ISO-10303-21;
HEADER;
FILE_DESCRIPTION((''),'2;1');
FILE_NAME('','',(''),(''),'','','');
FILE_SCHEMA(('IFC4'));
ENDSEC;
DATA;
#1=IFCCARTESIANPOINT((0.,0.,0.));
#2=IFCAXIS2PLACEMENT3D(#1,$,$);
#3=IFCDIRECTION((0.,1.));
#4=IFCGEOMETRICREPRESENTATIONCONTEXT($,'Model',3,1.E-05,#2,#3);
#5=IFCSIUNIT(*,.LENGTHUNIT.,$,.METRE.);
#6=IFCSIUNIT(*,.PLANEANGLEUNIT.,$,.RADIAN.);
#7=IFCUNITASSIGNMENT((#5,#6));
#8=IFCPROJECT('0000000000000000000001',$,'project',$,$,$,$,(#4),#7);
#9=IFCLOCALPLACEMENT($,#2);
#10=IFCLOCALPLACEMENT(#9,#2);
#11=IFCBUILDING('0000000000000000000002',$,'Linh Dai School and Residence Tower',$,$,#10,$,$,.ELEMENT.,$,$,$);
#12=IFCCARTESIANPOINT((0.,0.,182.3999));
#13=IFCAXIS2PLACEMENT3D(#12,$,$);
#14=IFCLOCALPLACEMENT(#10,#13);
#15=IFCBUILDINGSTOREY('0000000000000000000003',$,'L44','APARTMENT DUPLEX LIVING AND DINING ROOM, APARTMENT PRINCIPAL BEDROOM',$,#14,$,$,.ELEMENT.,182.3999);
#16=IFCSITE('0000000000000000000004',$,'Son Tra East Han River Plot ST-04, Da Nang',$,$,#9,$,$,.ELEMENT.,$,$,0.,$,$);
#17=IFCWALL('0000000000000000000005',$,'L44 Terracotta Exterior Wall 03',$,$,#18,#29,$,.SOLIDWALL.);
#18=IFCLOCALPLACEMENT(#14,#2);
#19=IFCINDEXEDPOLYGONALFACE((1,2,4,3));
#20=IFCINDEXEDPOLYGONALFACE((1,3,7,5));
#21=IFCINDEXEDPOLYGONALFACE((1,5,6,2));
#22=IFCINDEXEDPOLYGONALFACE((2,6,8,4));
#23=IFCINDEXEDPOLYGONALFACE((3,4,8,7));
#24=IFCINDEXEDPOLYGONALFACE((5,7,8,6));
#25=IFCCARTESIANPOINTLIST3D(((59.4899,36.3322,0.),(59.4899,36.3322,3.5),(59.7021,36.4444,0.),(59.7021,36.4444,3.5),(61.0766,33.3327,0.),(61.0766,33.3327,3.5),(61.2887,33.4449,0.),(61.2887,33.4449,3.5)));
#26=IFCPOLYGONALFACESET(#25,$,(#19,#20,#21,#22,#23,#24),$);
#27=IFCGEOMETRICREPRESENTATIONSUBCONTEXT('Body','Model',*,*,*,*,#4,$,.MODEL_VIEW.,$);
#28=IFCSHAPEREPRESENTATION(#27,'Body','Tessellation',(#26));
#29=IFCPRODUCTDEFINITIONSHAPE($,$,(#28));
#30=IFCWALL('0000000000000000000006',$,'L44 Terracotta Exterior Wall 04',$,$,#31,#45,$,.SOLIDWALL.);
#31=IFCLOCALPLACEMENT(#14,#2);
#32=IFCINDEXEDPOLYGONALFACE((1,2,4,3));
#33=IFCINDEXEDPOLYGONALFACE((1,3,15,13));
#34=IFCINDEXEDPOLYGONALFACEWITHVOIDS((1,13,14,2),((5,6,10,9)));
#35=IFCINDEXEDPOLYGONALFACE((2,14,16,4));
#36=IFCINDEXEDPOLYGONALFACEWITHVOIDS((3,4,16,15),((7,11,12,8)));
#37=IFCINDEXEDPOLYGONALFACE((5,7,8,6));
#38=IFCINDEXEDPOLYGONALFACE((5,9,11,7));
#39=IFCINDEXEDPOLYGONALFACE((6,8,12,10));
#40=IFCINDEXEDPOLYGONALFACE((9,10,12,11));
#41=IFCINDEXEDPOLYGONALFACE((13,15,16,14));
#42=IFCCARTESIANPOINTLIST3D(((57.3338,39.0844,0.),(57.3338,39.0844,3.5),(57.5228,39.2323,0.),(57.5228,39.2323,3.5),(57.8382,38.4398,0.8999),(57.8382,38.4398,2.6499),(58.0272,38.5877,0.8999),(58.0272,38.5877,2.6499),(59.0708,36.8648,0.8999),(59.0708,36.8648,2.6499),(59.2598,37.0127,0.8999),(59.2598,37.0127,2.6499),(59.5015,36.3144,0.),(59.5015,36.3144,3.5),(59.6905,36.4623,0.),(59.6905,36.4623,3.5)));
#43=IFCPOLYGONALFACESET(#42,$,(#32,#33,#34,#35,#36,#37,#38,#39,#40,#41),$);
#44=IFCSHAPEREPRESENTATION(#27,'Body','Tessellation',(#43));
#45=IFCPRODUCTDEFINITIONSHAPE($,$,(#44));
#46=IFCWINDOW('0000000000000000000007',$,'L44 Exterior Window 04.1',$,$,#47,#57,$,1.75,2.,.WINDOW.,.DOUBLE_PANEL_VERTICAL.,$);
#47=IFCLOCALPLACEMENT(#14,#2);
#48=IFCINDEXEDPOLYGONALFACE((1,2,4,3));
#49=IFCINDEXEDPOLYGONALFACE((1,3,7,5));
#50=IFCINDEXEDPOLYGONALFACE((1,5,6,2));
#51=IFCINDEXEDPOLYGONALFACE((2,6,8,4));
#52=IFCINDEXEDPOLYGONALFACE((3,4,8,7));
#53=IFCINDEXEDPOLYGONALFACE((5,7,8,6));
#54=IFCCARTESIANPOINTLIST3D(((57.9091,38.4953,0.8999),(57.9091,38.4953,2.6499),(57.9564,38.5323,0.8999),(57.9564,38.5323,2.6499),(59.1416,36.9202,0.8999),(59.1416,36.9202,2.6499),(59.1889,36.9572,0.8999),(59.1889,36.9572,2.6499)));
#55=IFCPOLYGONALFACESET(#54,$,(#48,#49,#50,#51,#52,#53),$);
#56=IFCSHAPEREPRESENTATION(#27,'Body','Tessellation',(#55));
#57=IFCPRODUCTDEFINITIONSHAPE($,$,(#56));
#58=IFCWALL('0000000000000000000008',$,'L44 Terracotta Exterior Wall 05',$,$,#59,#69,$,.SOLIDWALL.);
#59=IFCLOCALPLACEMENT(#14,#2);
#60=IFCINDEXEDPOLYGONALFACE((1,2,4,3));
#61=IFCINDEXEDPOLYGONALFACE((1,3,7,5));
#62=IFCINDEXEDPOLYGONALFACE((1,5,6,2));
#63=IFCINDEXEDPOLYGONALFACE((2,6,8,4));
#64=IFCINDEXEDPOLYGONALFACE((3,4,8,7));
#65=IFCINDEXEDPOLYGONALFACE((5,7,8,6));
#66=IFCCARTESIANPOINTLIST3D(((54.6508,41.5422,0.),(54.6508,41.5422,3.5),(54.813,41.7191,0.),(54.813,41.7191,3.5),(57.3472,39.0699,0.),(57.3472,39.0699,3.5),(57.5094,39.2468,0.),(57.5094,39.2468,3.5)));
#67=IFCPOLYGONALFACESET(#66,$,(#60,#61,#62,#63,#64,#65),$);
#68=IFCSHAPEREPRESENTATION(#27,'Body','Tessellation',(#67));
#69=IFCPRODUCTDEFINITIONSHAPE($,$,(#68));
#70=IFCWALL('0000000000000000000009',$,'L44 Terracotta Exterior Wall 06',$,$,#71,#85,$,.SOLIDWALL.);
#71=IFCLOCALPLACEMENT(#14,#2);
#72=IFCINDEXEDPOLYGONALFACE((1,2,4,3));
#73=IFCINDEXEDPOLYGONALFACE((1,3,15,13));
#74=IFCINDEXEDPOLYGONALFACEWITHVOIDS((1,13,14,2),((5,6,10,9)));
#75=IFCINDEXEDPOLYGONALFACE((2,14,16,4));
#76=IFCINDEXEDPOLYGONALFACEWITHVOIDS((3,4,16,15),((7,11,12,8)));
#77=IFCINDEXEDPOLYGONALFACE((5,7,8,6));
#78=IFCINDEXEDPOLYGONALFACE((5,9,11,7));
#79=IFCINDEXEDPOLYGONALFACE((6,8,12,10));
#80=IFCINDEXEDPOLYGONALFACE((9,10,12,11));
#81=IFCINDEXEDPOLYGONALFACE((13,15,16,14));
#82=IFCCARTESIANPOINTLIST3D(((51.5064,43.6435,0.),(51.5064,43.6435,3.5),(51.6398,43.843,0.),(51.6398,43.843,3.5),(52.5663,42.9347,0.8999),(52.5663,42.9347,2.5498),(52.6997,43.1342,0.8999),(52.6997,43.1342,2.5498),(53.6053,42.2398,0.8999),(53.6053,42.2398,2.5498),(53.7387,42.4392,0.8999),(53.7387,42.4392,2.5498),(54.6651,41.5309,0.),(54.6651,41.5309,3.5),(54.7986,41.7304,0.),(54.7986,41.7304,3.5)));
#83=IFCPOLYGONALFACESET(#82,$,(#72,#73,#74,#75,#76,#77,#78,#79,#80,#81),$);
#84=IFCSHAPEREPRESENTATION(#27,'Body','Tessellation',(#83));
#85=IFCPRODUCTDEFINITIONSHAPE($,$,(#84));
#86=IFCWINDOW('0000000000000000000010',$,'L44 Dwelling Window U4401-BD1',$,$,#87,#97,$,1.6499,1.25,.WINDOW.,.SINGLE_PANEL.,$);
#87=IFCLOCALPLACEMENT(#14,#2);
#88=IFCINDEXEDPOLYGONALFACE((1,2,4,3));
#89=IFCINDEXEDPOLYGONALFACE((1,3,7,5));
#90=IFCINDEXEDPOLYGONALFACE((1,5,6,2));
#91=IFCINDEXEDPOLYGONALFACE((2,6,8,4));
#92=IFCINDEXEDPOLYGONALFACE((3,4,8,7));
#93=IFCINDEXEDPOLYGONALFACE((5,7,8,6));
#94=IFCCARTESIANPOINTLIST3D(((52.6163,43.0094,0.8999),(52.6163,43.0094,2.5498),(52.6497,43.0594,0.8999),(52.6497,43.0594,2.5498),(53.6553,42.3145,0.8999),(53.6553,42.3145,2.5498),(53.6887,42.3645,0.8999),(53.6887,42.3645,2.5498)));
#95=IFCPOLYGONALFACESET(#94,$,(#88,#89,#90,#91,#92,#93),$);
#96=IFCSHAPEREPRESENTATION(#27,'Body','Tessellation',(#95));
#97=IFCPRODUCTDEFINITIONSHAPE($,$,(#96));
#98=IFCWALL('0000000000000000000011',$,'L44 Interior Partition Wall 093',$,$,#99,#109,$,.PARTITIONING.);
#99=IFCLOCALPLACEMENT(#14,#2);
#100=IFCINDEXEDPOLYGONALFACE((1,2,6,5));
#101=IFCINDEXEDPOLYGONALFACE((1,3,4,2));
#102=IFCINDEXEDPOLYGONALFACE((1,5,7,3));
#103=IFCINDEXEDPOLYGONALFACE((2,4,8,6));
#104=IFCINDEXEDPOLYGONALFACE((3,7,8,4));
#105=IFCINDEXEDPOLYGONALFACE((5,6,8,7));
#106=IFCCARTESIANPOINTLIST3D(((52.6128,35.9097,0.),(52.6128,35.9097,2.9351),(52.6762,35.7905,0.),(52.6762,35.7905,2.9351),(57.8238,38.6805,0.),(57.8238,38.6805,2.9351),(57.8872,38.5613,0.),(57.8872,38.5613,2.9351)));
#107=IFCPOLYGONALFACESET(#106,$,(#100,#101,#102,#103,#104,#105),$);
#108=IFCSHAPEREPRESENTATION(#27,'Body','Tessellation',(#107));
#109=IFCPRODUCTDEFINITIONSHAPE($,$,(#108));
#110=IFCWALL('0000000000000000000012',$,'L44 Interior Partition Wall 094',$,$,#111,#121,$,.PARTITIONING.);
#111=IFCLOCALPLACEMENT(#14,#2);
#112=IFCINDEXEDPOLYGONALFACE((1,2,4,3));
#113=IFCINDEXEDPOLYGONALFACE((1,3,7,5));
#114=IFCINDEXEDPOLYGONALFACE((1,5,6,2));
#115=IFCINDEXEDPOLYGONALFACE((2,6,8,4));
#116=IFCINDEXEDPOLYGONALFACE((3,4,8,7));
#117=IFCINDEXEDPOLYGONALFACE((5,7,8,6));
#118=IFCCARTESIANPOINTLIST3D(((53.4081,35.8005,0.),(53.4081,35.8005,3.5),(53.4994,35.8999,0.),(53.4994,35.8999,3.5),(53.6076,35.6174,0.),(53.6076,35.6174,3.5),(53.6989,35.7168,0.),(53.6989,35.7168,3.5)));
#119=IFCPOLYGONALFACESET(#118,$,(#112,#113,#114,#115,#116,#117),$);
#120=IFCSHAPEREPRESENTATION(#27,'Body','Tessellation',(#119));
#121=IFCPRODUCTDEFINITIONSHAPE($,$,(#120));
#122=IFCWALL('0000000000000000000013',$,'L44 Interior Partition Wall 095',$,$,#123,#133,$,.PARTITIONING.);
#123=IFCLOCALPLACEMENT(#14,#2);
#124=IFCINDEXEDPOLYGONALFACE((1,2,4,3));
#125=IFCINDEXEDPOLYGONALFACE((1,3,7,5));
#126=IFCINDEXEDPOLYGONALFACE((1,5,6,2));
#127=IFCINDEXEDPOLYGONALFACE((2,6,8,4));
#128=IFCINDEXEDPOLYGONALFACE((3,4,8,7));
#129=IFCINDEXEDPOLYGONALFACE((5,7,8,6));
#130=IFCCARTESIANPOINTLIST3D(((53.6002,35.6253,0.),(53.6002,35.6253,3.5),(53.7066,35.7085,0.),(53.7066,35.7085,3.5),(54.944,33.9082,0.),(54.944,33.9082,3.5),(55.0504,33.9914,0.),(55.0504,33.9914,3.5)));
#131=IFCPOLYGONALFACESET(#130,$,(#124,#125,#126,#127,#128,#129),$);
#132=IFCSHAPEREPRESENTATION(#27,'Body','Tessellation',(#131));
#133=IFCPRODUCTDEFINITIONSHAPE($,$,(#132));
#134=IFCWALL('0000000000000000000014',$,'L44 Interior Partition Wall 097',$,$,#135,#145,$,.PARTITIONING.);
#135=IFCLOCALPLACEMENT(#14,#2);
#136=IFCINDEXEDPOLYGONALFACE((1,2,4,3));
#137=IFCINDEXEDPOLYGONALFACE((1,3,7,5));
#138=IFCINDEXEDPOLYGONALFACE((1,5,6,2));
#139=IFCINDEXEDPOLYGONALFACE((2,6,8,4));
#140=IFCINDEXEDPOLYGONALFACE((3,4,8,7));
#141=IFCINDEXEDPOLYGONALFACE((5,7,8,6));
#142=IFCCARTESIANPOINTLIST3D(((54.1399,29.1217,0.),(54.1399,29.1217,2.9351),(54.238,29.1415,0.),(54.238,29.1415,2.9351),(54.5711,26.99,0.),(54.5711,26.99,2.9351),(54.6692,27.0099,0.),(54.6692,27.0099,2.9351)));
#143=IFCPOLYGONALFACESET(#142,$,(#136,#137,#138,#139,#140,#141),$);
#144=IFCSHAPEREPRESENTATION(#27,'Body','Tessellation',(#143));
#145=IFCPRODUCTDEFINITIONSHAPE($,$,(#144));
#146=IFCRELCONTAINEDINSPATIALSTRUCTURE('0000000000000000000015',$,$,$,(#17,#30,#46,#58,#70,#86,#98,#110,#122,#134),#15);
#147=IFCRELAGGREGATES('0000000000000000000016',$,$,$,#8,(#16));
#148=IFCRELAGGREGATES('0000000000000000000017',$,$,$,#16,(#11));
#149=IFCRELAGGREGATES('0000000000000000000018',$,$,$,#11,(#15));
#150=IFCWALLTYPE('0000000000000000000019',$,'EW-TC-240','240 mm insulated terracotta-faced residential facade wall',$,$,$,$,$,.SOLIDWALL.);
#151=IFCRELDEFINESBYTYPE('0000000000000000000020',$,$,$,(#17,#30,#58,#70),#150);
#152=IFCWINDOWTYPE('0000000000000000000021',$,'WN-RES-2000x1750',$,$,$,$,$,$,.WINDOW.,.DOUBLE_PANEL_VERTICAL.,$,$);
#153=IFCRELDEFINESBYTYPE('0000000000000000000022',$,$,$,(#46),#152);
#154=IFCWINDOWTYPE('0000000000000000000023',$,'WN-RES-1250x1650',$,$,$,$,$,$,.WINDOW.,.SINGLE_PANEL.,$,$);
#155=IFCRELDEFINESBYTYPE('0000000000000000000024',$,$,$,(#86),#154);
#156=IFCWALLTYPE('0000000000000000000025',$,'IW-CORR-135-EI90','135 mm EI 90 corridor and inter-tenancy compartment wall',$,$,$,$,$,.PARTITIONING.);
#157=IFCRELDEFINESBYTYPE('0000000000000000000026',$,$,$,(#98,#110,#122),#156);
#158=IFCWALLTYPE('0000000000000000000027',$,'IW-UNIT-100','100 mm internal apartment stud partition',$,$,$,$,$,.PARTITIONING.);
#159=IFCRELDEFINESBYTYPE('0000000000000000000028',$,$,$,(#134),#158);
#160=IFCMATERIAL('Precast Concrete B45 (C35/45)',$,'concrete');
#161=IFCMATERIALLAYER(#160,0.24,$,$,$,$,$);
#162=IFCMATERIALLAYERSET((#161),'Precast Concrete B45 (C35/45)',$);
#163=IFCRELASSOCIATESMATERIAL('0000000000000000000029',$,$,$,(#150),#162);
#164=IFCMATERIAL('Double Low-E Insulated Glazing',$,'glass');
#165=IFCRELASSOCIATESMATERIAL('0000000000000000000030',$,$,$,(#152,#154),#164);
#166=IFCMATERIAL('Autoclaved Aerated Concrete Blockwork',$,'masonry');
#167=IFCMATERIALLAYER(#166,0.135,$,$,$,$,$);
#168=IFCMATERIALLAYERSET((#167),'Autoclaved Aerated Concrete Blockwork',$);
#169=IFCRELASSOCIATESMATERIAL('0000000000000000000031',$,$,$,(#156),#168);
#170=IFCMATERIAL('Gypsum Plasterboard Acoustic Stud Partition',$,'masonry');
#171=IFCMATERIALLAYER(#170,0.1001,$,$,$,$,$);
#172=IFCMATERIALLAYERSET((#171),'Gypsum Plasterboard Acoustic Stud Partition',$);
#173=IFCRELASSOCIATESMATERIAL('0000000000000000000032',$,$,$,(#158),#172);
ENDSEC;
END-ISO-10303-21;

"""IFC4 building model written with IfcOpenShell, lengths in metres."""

from ifc_helpers import new_model, si_unit, direction, frame, frame_2d, origin, origin_2d, place, context, subcontext, project, spatial, rectangle, extrude, source, transform, mapped, material, layer, layer_set, type_object, element, fill, save


model = new_model("IFC4")

# Units and contexts
model_context = context("Model", 3, precision=1e-05, world=origin(), true_north=direction((0.0, 1.0)))
body_context = subcontext(model_context, "Body", "Model", "MODEL_VIEW")
ifc_project = project(units=[si_unit("LENGTHUNIT", "METRE"), si_unit("PLANEANGLEUNIT", "RADIAN")], contexts=[model_context])

# Site, building, storey
site_placement = place(None, origin())
site = spatial("IfcSite", under=ifc_project, at=site_placement, Name="Son Tra East Han River Plot ST-04, Da Nang", CompositionType="ELEMENT", RefElevation=0.0)
building_placement = place(site_placement, origin())
building = spatial("IfcBuilding", under=site, at=building_placement, Name="Linh Dai School and Residence Tower", CompositionType="ELEMENT")
storey_placement = place(building_placement, frame((0.0, 0.0, 182.3999)))
storey = spatial("IfcBuildingStorey", under=building, at=storey_placement, Name="L44", Description="APARTMENT DUPLEX LIVING AND DINING ROOM, APARTMENT PRINCIPAL BEDROOM", CompositionType="ELEMENT", Elevation=182.3999)

# Shared definitions
ifc_material_1 = material(Name="Precast Concrete B45 (C35/45)", Category="concrete")

# Wall
ifc_layer_1 = layer(ifc_material_1, 0.24)
ifc_layer_set_1 = layer_set([ifc_layer_1], Name="Precast Concrete B45 (C35/45)")
wall_type_1 = type_object("IfcWallType", Name="EW-TC-240", Description="240 mm insulated terracotta-faced residential facade wall", PredefinedType="SOLIDWALL", material=ifc_layer_set_1)
wall_1_placement = place(storey_placement, frame((59.5959, 36.3884, 0.0), z_axis=(0.0, 0.0, 1.0), x_axis=(0.467587, -0.883947, 0.0)))
element("IfcWall", 1, at=wall_1_placement, inside=storey, type_object=wall_type_1, Name="L44 Terracotta Exterior Wall 03", PredefinedType="SOLIDWALL", context=body_context, shape_type="SweptSolid", body=[
    extrude(rectangle(XDim=3.3933, YDim=0.24, at=frame_2d((1.6968, 0.0))), origin(), (0.0, 0.0, 1.0), 3.5),
])

# Wall, opening, window
wall_2_placement = place(storey_placement, frame((57.4282, 39.1584, 0.0), z_axis=(0.0, 0.0, 1.0), x_axis=(0.616288, -0.787521, 0.0)))
wall_2 = element("IfcWall", 2, at=wall_2_placement, inside=storey, type_object=wall_type_1, Name="L44 Terracotta Exterior Wall 04", PredefinedType="SOLIDWALL", context=body_context, shape_type="SweptSolid", body=[
    extrude(rectangle(XDim=3.5173, YDim=0.24, at=frame_2d((1.7588, 0.0))), origin(), (0.0, 0.0, 1.0), 3.5),
])
opening_1_placement = place(wall_2_placement, frame((0.8186, 0.0, 0.8999)))
opening_1 = element("IfcOpeningElement", 3, at=opening_1_placement, cuts=wall_2, PredefinedType="OPENING", context=body_context, shape_type="SweptSolid", body=[
    extrude(rectangle(XDim=2.0, YDim=1.75, at=origin_2d()), frame((1.0, 0.1299, 0.875), z_axis=(0.0, -1.0, 0.0), x_axis=(1.0, 0.0, 0.0)), (0.0, 0.0, 1.0), 0.26),
])
ifc_material_2 = material(Name="Double Low-E Insulated Glazing", Category="glass")
window_type_1 = type_object("IfcWindowType", Name="WN-RES-2000x1750", PartitioningType="DOUBLE_PANEL_VERTICAL", PredefinedType="WINDOW", material=ifc_material_2)
shared_shape_1 = source(origin(), body_context, "Body", "SweptSolid", [
    extrude(rectangle(XDim=2.0, YDim=1.75, at=origin_2d()), frame((1.0, 0.03, 0.875), z_axis=(0.0, -1.0, 0.0), x_axis=(1.0, 0.0, 0.0)), (0.0, 0.0, 1.0), 0.0601),
])
window_1_placement = place(opening_1_placement, origin())
window_1 = element("IfcWindow", 4, at=window_1_placement, inside=storey, type_object=window_type_1, Name="L44 Exterior Window 04.1", OverallHeight=1.75, OverallWidth=2.0, PartitioningType="DOUBLE_PANEL_VERTICAL", PredefinedType="WINDOW", context=body_context, shape_type="MappedRepresentation", body=[
    mapped(shared_shape_1, transform((0.0, 0.0, 0.0), x_axis=(1.0, 0.0, 0.0), y_axis=(0.0, 1.0, 0.0), z_axis=(0.0, 0.0, 1.0), scale=1.0)),
])
fill(opening_1, window_1)

# Wall
wall_3_placement = place(storey_placement, frame((54.7319, 41.6306, 0.0), z_axis=(0.0, 0.0, 1.0), x_axis=(0.737077, -0.675809, 0.0)))
element("IfcWall", 5, at=wall_3_placement, inside=storey, type_object=wall_type_1, Name="L44 Terracotta Exterior Wall 05", PredefinedType="SOLIDWALL", context=body_context, shape_type="SweptSolid", body=[
    extrude(rectangle(XDim=3.6582, YDim=0.24, at=frame_2d((1.8291, 0.0))), origin(), (0.0, 0.0, 1.0), 3.5),
])

# Wall, opening, window
wall_4_placement = place(storey_placement, frame((51.5732, 43.7432, 0.0), z_axis=(0.0, 0.0, 1.0), x_axis=(0.831229, -0.55593, 0.0)))
wall_4 = element("IfcWall", 6, at=wall_4_placement, inside=storey, type_object=wall_type_1, Name="L44 Terracotta Exterior Wall 06", PredefinedType="SOLIDWALL", context=body_context, shape_type="SweptSolid", body=[
    extrude(rectangle(XDim=3.8, YDim=0.24, at=frame_2d((1.8999, 0.0))), origin(), (0.0, 0.0, 1.0), 3.5),
])
opening_2_placement = place(wall_4_placement, frame((1.2749, 0.0, 0.8999)))
opening_2 = element("IfcOpeningElement", 7, at=opening_2_placement, cuts=wall_4, PredefinedType="OPENING", context=body_context, shape_type="SweptSolid", body=[
    extrude(rectangle(XDim=1.25, YDim=1.6499, at=origin_2d()), frame((0.625, 0.1299, 0.825), z_axis=(0.0, -1.0, 0.0), x_axis=(1.0, 0.0, 0.0)), (0.0, 0.0, 1.0), 0.26),
])
window_type_2 = type_object("IfcWindowType", Name="WN-RES-1250x1650", PartitioningType="SINGLE_PANEL", PredefinedType="WINDOW", material=ifc_material_2)
shared_shape_2 = source(origin(), body_context, "Body", "SweptSolid", [
    extrude(rectangle(XDim=1.25, YDim=1.6499, at=origin_2d()), frame((0.625, 0.03, 0.825), z_axis=(0.0, -1.0, 0.0), x_axis=(1.0, 0.0, 0.0)), (0.0, 0.0, 1.0), 0.0601),
])
window_2_placement = place(opening_2_placement, origin())
window_2 = element("IfcWindow", 8, at=window_2_placement, inside=storey, type_object=window_type_2, Name="L44 Dwelling Window U4401-BD1", OverallHeight=1.6499, OverallWidth=1.25, PartitioningType="SINGLE_PANEL", PredefinedType="WINDOW", context=body_context, shape_type="MappedRepresentation", body=[
    mapped(shared_shape_2, transform((0.0, 0.0, 0.0), x_axis=(1.0, 0.0, 0.0), y_axis=(0.0, 1.0, 0.0), z_axis=(0.0, 0.0, 1.0), scale=1.0)),
])
fill(opening_2, window_2)

# Walls
ifc_material_3 = material(Name="Autoclaved Aerated Concrete Blockwork", Category="masonry")
ifc_layer_2 = layer(ifc_material_3, 0.135)
ifc_layer_set_2 = layer_set([ifc_layer_2], Name="Autoclaved Aerated Concrete Blockwork")
wall_type_2 = type_object("IfcWallType", Name="IW-CORR-135-EI90", Description="135 mm EI 90 corridor and inter-tenancy compartment wall", PredefinedType="PARTITIONING", material=ifc_layer_set_2)
wall_5_placement = place(storey_placement, frame((52.6445, 35.8501, 0.0), z_axis=(0.0, 0.0, 1.0), x_axis=(0.882944, 0.469478, 0.0)))
element("IfcWall", 9, at=wall_5_placement, inside=storey, type_object=wall_type_2, Name="L44 Interior Partition Wall 093", PredefinedType="PARTITIONING", context=body_context, shape_type="SweptSolid", body=[
    extrude(rectangle(XDim=5.9019, YDim=0.135, at=frame_2d((2.9509, 0.0))), origin(), (0.0, 0.0, 1.0), 2.9351),
])
wall_6_placement = place(storey_placement, frame((53.4539, 35.8501, 0.0), z_axis=(0.0, 0.0, 1.0), x_axis=(0.736667, -0.676255, 0.0)))
element("IfcWall", 10, at=wall_6_placement, inside=storey, type_object=wall_type_2, Name="L44 Interior Partition Wall 094", PredefinedType="PARTITIONING", context=body_context, shape_type="SweptSolid", body=[
    extrude(rectangle(XDim=0.2708, YDim=0.135, at=frame_2d((0.1353, 0.0))), origin(), (0.0, 0.0, 1.0), 3.5),
])
wall_7_placement = place(storey_placement, frame((53.6533, 35.667, 0.0), z_axis=(0.0, 0.0, 1.0), x_axis=(0.616302, -0.78751, 0.0)))
element("IfcWall", 11, at=wall_7_placement, inside=storey, type_object=wall_type_2, Name="L44 Interior Partition Wall 095", PredefinedType="PARTITIONING", context=body_context, shape_type="SweptSolid", body=[
    extrude(rectangle(XDim=2.1804, YDim=0.135, at=frame_2d((1.0903, 0.0))), origin(), (0.0, 0.0, 1.0), 3.5),
])
ifc_material_4 = material(Name="Gypsum Plasterboard Acoustic Stud Partition", Category="masonry")
ifc_layer_3 = layer(ifc_material_4, 0.1001)
ifc_layer_set_3 = layer_set([ifc_layer_3], Name="Gypsum Plasterboard Acoustic Stud Partition")
wall_type_3 = type_object("IfcWallType", Name="IW-UNIT-100", Description="100 mm internal apartment stud partition", PredefinedType="PARTITIONING", material=ifc_layer_set_3)
wall_8_placement = place(storey_placement, frame((54.189, 29.1316, 0.0), z_axis=(0.0, 0.0, 1.0), x_axis=(0.198253, -0.980151, 0.0)))
element("IfcWall", 12, at=wall_8_placement, inside=storey, type_object=wall_type_3, Name="L44 Interior Partition Wall 097", PredefinedType="PARTITIONING", context=body_context, shape_type="SweptSolid", body=[
    extrude(rectangle(XDim=2.1748, YDim=0.1001, at=frame_2d((1.0874, 0.0))), origin(), (0.0, 0.0, 1.0), 2.9351),
])

save(model, "model.ifc")
